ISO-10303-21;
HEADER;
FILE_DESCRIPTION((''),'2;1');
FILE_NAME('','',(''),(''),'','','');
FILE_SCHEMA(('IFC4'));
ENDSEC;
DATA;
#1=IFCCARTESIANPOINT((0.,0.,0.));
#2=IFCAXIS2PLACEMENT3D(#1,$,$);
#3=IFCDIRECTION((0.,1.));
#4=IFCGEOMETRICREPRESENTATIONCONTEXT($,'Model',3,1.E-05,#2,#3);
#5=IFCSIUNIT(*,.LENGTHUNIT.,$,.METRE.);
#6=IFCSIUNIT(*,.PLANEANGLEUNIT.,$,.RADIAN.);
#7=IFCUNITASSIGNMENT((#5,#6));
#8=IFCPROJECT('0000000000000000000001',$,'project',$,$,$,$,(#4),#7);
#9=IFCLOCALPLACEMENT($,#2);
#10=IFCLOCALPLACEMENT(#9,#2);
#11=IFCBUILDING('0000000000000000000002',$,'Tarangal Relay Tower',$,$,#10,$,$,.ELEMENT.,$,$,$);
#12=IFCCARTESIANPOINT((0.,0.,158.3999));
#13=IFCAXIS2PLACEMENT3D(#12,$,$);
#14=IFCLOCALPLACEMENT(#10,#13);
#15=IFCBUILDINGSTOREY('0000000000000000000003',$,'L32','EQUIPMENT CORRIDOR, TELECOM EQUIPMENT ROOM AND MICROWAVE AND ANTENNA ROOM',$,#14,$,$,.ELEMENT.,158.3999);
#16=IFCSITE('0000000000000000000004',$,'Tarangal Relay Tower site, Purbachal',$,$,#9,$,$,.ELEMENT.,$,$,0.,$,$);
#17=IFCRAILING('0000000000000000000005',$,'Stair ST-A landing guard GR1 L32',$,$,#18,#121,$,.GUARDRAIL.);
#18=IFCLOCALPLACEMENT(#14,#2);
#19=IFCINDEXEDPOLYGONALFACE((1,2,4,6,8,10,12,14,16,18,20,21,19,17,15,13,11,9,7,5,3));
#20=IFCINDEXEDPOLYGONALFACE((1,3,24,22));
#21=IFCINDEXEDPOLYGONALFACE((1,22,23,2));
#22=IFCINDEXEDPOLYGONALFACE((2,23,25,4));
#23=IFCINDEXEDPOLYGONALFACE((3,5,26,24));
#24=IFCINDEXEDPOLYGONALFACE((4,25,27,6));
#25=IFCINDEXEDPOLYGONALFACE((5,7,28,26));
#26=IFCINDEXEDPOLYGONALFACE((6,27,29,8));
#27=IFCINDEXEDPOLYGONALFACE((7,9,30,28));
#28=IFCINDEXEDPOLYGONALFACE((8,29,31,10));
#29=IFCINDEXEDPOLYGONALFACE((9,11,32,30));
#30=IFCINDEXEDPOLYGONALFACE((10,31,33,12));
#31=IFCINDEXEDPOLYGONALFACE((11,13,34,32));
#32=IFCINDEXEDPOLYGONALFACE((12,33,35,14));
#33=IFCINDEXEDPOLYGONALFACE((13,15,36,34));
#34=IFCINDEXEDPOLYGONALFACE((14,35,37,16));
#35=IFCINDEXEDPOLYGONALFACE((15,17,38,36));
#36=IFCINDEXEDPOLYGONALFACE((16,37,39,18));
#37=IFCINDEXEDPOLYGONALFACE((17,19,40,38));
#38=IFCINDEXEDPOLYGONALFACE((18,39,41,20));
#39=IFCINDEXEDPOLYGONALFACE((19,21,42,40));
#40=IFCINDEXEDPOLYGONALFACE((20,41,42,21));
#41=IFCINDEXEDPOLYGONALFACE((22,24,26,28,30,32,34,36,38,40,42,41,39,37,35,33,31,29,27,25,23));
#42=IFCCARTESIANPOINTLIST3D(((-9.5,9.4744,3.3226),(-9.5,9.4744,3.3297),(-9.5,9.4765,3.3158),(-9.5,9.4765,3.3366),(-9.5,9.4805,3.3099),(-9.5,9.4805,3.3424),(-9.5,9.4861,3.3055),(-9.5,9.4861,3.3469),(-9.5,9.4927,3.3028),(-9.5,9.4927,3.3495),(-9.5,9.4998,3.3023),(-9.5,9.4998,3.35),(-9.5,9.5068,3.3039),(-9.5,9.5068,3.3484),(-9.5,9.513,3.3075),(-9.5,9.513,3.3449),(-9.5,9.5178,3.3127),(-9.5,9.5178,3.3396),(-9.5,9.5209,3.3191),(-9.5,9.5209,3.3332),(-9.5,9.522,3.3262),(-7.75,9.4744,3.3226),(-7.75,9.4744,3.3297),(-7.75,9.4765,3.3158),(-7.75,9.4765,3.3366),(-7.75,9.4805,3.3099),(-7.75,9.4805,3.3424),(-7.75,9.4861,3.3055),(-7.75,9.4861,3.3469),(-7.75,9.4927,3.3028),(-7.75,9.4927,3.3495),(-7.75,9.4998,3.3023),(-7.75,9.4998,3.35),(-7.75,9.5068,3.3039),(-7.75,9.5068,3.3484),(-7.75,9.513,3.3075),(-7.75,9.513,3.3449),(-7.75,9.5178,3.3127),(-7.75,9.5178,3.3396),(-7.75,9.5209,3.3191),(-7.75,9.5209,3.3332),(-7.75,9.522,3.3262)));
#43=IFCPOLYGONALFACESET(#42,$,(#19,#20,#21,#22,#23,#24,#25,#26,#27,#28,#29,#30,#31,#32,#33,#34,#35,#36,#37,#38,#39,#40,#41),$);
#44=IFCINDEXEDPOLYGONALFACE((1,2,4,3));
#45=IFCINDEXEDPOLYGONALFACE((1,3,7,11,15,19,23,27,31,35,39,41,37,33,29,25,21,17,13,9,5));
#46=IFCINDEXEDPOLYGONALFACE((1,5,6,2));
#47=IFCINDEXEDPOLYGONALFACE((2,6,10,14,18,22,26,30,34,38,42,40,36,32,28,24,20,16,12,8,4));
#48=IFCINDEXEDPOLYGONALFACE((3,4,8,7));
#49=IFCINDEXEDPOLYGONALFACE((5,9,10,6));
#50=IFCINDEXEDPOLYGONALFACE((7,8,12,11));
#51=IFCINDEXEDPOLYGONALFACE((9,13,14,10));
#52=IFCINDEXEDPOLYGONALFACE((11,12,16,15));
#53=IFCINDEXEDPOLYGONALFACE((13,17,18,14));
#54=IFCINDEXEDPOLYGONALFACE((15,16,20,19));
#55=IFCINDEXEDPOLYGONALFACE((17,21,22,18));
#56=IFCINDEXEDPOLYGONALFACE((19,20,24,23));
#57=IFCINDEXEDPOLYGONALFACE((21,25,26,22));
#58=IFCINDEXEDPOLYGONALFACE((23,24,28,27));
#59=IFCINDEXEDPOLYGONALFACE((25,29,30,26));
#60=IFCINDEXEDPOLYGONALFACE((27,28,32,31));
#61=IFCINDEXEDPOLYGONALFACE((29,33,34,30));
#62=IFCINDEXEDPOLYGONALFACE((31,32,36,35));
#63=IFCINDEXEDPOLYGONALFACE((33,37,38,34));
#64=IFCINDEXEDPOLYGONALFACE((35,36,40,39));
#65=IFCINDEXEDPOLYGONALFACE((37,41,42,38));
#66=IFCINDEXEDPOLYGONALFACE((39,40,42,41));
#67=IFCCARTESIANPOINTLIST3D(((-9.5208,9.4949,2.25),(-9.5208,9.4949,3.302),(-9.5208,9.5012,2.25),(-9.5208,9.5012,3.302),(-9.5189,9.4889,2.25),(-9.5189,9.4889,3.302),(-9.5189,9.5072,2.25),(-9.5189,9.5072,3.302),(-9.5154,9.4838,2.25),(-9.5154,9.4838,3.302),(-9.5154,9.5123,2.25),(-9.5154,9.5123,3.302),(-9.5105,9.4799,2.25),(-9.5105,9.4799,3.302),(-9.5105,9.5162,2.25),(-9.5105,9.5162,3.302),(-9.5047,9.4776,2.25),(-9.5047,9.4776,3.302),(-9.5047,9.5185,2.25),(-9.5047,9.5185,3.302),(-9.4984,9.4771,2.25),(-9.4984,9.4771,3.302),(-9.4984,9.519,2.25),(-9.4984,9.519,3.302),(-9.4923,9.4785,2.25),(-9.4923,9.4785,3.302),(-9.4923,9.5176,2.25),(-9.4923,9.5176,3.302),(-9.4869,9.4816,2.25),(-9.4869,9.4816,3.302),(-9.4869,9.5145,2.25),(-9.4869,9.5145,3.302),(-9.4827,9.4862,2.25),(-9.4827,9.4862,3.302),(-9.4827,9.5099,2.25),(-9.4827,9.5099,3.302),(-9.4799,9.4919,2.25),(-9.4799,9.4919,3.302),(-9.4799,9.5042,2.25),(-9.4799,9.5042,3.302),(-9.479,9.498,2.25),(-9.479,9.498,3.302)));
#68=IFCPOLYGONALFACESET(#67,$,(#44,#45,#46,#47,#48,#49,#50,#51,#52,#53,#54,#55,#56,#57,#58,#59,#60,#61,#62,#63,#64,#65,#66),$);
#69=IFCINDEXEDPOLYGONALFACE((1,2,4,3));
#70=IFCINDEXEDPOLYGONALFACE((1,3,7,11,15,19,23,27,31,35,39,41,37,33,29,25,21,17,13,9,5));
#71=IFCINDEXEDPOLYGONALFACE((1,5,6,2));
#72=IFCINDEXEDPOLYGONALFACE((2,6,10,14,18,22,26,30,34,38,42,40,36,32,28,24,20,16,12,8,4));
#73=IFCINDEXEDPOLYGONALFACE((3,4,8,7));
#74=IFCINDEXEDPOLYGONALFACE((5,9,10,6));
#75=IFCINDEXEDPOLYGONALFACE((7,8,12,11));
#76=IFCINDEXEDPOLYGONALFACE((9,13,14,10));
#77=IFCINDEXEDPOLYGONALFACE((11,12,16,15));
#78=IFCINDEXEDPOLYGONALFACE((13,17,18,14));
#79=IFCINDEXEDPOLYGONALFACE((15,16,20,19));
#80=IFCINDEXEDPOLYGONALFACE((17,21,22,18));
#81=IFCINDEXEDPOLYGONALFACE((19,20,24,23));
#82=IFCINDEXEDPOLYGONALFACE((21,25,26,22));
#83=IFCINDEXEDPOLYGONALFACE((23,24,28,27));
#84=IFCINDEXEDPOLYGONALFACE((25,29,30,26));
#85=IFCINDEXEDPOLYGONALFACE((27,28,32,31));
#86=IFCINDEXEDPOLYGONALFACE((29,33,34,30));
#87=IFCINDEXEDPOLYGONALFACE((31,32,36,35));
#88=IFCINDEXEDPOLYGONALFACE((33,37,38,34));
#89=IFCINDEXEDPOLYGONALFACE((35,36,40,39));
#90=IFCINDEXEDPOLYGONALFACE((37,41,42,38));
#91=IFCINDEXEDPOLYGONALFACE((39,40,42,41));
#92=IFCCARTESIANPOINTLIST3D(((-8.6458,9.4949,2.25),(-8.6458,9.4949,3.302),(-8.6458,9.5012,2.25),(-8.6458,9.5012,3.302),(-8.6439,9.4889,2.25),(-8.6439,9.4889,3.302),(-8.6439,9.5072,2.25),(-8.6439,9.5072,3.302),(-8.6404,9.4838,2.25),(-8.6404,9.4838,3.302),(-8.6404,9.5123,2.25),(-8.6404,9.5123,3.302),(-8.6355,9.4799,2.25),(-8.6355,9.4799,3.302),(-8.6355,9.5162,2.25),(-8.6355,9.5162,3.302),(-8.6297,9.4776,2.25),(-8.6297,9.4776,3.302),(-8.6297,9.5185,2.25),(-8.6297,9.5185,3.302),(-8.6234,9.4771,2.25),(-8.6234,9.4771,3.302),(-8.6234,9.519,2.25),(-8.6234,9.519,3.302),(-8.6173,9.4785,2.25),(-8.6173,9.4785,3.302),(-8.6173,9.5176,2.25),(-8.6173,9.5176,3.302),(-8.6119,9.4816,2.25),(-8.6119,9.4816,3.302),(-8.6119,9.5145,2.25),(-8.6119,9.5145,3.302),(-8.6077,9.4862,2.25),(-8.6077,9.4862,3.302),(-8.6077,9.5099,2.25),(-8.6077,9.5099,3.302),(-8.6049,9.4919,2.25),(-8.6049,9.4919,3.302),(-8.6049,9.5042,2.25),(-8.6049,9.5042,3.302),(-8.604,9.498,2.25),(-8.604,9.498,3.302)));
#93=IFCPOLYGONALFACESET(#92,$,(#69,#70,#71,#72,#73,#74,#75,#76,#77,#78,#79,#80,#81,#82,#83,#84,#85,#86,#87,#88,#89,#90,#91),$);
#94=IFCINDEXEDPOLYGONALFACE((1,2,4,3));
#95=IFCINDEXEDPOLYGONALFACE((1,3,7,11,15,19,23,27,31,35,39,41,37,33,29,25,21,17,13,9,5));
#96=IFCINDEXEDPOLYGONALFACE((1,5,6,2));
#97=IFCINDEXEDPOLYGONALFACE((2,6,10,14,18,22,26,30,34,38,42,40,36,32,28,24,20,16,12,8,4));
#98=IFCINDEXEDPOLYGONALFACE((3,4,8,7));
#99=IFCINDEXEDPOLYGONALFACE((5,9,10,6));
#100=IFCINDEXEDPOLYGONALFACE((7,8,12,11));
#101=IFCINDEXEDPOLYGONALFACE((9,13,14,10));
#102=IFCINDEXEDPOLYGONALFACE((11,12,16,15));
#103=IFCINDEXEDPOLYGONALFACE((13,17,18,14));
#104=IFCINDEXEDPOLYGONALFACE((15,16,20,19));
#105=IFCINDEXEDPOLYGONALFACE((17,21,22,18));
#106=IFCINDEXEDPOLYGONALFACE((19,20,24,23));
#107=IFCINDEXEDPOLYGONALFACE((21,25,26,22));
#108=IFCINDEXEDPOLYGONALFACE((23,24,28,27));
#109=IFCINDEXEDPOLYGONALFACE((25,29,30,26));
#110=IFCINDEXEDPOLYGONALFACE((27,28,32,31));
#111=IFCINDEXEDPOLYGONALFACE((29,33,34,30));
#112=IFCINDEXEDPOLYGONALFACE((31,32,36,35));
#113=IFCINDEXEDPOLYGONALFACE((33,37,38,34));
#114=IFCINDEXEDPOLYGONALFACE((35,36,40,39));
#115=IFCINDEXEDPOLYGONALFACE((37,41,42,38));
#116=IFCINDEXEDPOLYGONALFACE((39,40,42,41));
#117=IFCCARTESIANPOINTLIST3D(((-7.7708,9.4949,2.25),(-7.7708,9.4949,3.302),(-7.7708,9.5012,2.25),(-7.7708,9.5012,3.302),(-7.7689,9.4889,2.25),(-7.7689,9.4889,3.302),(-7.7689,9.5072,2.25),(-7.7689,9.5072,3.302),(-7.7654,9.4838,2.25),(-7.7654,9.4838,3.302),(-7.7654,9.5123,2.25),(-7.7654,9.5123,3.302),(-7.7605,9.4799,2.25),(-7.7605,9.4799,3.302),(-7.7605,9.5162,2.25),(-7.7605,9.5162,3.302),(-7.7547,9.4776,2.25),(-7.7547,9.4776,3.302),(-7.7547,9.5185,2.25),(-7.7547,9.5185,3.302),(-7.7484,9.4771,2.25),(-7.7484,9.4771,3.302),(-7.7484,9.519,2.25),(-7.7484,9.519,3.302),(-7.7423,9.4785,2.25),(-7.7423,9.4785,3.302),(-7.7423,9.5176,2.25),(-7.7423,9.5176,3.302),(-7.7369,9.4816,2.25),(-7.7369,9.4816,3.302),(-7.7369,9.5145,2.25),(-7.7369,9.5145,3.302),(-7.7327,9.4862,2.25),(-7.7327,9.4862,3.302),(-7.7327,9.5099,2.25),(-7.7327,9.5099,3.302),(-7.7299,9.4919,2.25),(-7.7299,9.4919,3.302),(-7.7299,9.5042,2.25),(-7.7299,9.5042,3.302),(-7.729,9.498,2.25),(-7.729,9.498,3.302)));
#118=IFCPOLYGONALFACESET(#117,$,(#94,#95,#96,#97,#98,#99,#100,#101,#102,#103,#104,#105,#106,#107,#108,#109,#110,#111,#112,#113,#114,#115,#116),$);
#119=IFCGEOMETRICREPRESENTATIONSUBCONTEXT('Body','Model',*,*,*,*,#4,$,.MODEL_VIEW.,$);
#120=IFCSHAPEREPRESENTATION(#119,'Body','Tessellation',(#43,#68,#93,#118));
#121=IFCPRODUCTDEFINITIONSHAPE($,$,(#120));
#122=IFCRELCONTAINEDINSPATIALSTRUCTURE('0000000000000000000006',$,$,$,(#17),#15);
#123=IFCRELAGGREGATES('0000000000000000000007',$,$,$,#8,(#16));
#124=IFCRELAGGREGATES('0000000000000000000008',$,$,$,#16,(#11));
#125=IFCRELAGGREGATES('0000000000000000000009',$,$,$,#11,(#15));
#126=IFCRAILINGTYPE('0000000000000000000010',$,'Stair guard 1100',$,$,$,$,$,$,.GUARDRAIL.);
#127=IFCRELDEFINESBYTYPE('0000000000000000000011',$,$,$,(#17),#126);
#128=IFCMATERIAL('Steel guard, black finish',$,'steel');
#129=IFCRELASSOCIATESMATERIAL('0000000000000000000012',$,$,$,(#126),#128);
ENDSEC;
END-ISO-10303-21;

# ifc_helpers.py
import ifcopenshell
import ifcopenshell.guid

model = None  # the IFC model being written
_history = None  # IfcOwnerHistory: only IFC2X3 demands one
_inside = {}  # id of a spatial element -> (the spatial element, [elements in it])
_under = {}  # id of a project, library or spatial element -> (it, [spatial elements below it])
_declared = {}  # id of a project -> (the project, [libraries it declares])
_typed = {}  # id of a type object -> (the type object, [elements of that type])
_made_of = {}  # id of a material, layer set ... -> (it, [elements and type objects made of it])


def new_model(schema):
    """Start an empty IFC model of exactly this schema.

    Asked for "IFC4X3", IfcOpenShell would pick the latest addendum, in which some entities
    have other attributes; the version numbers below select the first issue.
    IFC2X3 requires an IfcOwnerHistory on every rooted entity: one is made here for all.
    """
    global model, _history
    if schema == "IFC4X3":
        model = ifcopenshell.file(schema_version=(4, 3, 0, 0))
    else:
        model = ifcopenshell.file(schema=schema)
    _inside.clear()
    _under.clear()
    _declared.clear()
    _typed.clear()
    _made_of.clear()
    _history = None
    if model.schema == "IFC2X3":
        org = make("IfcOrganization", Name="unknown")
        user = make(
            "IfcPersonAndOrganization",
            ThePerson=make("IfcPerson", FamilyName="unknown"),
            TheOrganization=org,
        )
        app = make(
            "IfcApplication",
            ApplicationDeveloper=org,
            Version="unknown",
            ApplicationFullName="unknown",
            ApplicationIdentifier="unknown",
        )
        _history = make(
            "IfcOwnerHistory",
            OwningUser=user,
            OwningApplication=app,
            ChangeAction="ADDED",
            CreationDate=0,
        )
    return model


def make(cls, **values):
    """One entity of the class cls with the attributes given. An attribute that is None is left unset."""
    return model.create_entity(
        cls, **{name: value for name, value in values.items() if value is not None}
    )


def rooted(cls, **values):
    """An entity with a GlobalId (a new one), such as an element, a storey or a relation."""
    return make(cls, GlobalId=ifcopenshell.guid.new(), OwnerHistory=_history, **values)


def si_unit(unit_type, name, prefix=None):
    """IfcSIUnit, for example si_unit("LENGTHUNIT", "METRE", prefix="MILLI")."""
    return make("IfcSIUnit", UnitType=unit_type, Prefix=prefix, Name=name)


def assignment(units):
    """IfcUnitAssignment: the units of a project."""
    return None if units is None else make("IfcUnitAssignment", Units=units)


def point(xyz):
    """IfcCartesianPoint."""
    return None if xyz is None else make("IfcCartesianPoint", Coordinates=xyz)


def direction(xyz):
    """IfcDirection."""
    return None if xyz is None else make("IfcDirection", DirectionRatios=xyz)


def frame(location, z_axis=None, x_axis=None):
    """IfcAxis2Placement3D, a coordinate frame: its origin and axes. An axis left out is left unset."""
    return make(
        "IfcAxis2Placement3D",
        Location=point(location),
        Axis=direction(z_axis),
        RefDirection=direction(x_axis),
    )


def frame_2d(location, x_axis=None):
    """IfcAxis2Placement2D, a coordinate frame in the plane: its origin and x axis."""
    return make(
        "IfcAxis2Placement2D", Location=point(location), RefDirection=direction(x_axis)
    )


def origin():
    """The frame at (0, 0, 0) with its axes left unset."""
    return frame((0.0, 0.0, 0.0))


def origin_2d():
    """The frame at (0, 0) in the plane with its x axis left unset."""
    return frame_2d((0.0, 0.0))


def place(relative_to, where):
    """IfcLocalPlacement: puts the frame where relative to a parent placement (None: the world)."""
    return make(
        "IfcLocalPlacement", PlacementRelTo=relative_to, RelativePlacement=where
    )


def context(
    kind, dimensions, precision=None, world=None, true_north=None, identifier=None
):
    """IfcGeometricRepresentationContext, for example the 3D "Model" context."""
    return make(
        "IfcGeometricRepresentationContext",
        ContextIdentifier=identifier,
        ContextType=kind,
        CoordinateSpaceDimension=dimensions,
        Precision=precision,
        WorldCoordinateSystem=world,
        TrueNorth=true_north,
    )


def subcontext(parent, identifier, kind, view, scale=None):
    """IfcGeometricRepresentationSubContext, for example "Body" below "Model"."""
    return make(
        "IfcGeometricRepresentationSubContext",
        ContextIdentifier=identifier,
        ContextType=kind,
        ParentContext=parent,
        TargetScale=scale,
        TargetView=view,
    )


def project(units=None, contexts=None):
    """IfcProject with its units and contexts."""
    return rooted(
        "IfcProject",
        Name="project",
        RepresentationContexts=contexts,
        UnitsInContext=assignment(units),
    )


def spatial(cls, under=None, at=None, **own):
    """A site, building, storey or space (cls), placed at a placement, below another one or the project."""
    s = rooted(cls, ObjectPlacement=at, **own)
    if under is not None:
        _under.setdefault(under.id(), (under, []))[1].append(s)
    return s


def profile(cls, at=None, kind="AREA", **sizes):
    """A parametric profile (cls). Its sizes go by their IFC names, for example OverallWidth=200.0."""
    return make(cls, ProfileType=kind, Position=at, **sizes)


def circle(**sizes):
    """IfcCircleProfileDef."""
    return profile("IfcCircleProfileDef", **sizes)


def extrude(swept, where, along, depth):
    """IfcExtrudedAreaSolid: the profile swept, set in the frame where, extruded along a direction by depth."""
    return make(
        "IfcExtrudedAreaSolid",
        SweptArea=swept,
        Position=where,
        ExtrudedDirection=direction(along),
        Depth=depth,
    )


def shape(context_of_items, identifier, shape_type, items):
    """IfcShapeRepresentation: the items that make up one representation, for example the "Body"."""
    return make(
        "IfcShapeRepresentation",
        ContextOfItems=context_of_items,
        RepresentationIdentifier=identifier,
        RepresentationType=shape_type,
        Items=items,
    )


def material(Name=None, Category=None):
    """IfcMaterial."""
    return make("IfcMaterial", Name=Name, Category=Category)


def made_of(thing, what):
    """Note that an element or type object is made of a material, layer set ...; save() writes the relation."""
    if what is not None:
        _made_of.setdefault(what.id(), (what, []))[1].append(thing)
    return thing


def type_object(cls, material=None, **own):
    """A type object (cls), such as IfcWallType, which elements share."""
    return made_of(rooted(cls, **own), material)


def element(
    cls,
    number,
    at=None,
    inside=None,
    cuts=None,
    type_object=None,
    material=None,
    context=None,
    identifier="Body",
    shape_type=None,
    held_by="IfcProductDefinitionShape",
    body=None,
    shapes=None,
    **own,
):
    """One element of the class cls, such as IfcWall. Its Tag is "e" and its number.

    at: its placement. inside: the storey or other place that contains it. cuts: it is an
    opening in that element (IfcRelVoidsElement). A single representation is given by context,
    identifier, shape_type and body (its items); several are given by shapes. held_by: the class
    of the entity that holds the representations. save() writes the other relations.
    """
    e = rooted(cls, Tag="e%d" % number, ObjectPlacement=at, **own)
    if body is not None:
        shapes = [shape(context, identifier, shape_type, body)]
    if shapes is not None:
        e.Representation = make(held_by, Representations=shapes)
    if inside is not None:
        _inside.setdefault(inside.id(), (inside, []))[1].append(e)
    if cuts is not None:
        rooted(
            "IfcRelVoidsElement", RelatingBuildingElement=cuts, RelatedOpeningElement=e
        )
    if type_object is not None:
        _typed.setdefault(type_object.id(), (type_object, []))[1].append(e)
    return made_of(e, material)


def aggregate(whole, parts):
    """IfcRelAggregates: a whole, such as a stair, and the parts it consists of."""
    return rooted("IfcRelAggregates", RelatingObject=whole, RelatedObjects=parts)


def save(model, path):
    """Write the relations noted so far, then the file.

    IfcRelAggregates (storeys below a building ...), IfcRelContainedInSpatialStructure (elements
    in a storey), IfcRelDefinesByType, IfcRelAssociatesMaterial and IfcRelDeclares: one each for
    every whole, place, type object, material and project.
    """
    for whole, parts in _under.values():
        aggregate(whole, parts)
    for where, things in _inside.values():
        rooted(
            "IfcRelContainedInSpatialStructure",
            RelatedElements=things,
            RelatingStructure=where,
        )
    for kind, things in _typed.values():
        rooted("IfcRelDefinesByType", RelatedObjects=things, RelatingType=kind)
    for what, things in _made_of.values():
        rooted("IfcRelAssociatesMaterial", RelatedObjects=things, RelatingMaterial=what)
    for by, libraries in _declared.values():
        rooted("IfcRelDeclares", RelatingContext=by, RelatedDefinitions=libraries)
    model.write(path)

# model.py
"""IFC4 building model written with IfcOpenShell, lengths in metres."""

from ifc_helpers import new_model, si_unit, direction, frame, origin, origin_2d, place, context, subcontext, project, spatial, circle, extrude, material, type_object, element, save


model = new_model("IFC4")

# Units and contexts
model_context = context("Model", 3, precision=1e-05, world=origin(), true_north=direction((0.0, 1.0)))
body_context = subcontext(model_context, "Body", "Model", "MODEL_VIEW")
ifc_project = project(units=[si_unit("LENGTHUNIT", "METRE"), si_unit("PLANEANGLEUNIT", "RADIAN")], contexts=[model_context])

# Site, building, storey
site_placement = place(None, origin())
site = spatial("IfcSite", under=ifc_project, at=site_placement, Name="Tarangal Relay Tower site, Purbachal", CompositionType="ELEMENT", RefElevation=0.0)
building_placement = place(site_placement, origin())
building = spatial("IfcBuilding", under=site, at=building_placement, Name="Tarangal Relay Tower", CompositionType="ELEMENT")
storey_placement = place(building_placement, frame((0.0, 0.0, 158.3999)))
storey = spatial("IfcBuildingStorey", under=building, at=storey_placement, Name="L32", Description="EQUIPMENT CORRIDOR, TELECOM EQUIPMENT ROOM AND MICROWAVE AND ANTENNA ROOM", CompositionType="ELEMENT", Elevation=158.3999)

# Railing
ifc_material_1 = material(Name="Steel guard, black finish", Category="steel")
railing_type_1 = type_object("IfcRailingType", Name="Stair guard 1100", PredefinedType="GUARDRAIL", material=ifc_material_1)
railing_1_placement = place(storey_placement, frame((-9.5, 9.498, 2.25)))
element("IfcRailing", 1, at=railing_1_placement, inside=storey, type_object=railing_type_1, Name="Stair ST-A landing guard GR1 L32", PredefinedType="GUARDRAIL", context=body_context, shape_type="SweptSolid", body=[
    extrude(circle(Radius=0.0239, at=origin_2d()), frame((0.0, 0.0, 1.0762), z_axis=(1.0, 0.0, 0.0), x_axis=(0.0, 1.0, 0.0)), (0.0, 0.0, 1.0), 1.75),
    extrude(circle(Radius=0.021, at=origin_2d()), origin(), (0.0, 0.0, 1.0), 1.052),
    extrude(circle(Radius=0.021, at=origin_2d()), frame((0.875, 0.0, 0.0)), (0.0, 0.0, 1.0), 1.052),
    extrude(circle(Radius=0.021, at=origin_2d()), frame((1.75, 0.0, 0.0)), (0.0, 0.0, 1.0), 1.052),
])

save(model, "model.ifc")
